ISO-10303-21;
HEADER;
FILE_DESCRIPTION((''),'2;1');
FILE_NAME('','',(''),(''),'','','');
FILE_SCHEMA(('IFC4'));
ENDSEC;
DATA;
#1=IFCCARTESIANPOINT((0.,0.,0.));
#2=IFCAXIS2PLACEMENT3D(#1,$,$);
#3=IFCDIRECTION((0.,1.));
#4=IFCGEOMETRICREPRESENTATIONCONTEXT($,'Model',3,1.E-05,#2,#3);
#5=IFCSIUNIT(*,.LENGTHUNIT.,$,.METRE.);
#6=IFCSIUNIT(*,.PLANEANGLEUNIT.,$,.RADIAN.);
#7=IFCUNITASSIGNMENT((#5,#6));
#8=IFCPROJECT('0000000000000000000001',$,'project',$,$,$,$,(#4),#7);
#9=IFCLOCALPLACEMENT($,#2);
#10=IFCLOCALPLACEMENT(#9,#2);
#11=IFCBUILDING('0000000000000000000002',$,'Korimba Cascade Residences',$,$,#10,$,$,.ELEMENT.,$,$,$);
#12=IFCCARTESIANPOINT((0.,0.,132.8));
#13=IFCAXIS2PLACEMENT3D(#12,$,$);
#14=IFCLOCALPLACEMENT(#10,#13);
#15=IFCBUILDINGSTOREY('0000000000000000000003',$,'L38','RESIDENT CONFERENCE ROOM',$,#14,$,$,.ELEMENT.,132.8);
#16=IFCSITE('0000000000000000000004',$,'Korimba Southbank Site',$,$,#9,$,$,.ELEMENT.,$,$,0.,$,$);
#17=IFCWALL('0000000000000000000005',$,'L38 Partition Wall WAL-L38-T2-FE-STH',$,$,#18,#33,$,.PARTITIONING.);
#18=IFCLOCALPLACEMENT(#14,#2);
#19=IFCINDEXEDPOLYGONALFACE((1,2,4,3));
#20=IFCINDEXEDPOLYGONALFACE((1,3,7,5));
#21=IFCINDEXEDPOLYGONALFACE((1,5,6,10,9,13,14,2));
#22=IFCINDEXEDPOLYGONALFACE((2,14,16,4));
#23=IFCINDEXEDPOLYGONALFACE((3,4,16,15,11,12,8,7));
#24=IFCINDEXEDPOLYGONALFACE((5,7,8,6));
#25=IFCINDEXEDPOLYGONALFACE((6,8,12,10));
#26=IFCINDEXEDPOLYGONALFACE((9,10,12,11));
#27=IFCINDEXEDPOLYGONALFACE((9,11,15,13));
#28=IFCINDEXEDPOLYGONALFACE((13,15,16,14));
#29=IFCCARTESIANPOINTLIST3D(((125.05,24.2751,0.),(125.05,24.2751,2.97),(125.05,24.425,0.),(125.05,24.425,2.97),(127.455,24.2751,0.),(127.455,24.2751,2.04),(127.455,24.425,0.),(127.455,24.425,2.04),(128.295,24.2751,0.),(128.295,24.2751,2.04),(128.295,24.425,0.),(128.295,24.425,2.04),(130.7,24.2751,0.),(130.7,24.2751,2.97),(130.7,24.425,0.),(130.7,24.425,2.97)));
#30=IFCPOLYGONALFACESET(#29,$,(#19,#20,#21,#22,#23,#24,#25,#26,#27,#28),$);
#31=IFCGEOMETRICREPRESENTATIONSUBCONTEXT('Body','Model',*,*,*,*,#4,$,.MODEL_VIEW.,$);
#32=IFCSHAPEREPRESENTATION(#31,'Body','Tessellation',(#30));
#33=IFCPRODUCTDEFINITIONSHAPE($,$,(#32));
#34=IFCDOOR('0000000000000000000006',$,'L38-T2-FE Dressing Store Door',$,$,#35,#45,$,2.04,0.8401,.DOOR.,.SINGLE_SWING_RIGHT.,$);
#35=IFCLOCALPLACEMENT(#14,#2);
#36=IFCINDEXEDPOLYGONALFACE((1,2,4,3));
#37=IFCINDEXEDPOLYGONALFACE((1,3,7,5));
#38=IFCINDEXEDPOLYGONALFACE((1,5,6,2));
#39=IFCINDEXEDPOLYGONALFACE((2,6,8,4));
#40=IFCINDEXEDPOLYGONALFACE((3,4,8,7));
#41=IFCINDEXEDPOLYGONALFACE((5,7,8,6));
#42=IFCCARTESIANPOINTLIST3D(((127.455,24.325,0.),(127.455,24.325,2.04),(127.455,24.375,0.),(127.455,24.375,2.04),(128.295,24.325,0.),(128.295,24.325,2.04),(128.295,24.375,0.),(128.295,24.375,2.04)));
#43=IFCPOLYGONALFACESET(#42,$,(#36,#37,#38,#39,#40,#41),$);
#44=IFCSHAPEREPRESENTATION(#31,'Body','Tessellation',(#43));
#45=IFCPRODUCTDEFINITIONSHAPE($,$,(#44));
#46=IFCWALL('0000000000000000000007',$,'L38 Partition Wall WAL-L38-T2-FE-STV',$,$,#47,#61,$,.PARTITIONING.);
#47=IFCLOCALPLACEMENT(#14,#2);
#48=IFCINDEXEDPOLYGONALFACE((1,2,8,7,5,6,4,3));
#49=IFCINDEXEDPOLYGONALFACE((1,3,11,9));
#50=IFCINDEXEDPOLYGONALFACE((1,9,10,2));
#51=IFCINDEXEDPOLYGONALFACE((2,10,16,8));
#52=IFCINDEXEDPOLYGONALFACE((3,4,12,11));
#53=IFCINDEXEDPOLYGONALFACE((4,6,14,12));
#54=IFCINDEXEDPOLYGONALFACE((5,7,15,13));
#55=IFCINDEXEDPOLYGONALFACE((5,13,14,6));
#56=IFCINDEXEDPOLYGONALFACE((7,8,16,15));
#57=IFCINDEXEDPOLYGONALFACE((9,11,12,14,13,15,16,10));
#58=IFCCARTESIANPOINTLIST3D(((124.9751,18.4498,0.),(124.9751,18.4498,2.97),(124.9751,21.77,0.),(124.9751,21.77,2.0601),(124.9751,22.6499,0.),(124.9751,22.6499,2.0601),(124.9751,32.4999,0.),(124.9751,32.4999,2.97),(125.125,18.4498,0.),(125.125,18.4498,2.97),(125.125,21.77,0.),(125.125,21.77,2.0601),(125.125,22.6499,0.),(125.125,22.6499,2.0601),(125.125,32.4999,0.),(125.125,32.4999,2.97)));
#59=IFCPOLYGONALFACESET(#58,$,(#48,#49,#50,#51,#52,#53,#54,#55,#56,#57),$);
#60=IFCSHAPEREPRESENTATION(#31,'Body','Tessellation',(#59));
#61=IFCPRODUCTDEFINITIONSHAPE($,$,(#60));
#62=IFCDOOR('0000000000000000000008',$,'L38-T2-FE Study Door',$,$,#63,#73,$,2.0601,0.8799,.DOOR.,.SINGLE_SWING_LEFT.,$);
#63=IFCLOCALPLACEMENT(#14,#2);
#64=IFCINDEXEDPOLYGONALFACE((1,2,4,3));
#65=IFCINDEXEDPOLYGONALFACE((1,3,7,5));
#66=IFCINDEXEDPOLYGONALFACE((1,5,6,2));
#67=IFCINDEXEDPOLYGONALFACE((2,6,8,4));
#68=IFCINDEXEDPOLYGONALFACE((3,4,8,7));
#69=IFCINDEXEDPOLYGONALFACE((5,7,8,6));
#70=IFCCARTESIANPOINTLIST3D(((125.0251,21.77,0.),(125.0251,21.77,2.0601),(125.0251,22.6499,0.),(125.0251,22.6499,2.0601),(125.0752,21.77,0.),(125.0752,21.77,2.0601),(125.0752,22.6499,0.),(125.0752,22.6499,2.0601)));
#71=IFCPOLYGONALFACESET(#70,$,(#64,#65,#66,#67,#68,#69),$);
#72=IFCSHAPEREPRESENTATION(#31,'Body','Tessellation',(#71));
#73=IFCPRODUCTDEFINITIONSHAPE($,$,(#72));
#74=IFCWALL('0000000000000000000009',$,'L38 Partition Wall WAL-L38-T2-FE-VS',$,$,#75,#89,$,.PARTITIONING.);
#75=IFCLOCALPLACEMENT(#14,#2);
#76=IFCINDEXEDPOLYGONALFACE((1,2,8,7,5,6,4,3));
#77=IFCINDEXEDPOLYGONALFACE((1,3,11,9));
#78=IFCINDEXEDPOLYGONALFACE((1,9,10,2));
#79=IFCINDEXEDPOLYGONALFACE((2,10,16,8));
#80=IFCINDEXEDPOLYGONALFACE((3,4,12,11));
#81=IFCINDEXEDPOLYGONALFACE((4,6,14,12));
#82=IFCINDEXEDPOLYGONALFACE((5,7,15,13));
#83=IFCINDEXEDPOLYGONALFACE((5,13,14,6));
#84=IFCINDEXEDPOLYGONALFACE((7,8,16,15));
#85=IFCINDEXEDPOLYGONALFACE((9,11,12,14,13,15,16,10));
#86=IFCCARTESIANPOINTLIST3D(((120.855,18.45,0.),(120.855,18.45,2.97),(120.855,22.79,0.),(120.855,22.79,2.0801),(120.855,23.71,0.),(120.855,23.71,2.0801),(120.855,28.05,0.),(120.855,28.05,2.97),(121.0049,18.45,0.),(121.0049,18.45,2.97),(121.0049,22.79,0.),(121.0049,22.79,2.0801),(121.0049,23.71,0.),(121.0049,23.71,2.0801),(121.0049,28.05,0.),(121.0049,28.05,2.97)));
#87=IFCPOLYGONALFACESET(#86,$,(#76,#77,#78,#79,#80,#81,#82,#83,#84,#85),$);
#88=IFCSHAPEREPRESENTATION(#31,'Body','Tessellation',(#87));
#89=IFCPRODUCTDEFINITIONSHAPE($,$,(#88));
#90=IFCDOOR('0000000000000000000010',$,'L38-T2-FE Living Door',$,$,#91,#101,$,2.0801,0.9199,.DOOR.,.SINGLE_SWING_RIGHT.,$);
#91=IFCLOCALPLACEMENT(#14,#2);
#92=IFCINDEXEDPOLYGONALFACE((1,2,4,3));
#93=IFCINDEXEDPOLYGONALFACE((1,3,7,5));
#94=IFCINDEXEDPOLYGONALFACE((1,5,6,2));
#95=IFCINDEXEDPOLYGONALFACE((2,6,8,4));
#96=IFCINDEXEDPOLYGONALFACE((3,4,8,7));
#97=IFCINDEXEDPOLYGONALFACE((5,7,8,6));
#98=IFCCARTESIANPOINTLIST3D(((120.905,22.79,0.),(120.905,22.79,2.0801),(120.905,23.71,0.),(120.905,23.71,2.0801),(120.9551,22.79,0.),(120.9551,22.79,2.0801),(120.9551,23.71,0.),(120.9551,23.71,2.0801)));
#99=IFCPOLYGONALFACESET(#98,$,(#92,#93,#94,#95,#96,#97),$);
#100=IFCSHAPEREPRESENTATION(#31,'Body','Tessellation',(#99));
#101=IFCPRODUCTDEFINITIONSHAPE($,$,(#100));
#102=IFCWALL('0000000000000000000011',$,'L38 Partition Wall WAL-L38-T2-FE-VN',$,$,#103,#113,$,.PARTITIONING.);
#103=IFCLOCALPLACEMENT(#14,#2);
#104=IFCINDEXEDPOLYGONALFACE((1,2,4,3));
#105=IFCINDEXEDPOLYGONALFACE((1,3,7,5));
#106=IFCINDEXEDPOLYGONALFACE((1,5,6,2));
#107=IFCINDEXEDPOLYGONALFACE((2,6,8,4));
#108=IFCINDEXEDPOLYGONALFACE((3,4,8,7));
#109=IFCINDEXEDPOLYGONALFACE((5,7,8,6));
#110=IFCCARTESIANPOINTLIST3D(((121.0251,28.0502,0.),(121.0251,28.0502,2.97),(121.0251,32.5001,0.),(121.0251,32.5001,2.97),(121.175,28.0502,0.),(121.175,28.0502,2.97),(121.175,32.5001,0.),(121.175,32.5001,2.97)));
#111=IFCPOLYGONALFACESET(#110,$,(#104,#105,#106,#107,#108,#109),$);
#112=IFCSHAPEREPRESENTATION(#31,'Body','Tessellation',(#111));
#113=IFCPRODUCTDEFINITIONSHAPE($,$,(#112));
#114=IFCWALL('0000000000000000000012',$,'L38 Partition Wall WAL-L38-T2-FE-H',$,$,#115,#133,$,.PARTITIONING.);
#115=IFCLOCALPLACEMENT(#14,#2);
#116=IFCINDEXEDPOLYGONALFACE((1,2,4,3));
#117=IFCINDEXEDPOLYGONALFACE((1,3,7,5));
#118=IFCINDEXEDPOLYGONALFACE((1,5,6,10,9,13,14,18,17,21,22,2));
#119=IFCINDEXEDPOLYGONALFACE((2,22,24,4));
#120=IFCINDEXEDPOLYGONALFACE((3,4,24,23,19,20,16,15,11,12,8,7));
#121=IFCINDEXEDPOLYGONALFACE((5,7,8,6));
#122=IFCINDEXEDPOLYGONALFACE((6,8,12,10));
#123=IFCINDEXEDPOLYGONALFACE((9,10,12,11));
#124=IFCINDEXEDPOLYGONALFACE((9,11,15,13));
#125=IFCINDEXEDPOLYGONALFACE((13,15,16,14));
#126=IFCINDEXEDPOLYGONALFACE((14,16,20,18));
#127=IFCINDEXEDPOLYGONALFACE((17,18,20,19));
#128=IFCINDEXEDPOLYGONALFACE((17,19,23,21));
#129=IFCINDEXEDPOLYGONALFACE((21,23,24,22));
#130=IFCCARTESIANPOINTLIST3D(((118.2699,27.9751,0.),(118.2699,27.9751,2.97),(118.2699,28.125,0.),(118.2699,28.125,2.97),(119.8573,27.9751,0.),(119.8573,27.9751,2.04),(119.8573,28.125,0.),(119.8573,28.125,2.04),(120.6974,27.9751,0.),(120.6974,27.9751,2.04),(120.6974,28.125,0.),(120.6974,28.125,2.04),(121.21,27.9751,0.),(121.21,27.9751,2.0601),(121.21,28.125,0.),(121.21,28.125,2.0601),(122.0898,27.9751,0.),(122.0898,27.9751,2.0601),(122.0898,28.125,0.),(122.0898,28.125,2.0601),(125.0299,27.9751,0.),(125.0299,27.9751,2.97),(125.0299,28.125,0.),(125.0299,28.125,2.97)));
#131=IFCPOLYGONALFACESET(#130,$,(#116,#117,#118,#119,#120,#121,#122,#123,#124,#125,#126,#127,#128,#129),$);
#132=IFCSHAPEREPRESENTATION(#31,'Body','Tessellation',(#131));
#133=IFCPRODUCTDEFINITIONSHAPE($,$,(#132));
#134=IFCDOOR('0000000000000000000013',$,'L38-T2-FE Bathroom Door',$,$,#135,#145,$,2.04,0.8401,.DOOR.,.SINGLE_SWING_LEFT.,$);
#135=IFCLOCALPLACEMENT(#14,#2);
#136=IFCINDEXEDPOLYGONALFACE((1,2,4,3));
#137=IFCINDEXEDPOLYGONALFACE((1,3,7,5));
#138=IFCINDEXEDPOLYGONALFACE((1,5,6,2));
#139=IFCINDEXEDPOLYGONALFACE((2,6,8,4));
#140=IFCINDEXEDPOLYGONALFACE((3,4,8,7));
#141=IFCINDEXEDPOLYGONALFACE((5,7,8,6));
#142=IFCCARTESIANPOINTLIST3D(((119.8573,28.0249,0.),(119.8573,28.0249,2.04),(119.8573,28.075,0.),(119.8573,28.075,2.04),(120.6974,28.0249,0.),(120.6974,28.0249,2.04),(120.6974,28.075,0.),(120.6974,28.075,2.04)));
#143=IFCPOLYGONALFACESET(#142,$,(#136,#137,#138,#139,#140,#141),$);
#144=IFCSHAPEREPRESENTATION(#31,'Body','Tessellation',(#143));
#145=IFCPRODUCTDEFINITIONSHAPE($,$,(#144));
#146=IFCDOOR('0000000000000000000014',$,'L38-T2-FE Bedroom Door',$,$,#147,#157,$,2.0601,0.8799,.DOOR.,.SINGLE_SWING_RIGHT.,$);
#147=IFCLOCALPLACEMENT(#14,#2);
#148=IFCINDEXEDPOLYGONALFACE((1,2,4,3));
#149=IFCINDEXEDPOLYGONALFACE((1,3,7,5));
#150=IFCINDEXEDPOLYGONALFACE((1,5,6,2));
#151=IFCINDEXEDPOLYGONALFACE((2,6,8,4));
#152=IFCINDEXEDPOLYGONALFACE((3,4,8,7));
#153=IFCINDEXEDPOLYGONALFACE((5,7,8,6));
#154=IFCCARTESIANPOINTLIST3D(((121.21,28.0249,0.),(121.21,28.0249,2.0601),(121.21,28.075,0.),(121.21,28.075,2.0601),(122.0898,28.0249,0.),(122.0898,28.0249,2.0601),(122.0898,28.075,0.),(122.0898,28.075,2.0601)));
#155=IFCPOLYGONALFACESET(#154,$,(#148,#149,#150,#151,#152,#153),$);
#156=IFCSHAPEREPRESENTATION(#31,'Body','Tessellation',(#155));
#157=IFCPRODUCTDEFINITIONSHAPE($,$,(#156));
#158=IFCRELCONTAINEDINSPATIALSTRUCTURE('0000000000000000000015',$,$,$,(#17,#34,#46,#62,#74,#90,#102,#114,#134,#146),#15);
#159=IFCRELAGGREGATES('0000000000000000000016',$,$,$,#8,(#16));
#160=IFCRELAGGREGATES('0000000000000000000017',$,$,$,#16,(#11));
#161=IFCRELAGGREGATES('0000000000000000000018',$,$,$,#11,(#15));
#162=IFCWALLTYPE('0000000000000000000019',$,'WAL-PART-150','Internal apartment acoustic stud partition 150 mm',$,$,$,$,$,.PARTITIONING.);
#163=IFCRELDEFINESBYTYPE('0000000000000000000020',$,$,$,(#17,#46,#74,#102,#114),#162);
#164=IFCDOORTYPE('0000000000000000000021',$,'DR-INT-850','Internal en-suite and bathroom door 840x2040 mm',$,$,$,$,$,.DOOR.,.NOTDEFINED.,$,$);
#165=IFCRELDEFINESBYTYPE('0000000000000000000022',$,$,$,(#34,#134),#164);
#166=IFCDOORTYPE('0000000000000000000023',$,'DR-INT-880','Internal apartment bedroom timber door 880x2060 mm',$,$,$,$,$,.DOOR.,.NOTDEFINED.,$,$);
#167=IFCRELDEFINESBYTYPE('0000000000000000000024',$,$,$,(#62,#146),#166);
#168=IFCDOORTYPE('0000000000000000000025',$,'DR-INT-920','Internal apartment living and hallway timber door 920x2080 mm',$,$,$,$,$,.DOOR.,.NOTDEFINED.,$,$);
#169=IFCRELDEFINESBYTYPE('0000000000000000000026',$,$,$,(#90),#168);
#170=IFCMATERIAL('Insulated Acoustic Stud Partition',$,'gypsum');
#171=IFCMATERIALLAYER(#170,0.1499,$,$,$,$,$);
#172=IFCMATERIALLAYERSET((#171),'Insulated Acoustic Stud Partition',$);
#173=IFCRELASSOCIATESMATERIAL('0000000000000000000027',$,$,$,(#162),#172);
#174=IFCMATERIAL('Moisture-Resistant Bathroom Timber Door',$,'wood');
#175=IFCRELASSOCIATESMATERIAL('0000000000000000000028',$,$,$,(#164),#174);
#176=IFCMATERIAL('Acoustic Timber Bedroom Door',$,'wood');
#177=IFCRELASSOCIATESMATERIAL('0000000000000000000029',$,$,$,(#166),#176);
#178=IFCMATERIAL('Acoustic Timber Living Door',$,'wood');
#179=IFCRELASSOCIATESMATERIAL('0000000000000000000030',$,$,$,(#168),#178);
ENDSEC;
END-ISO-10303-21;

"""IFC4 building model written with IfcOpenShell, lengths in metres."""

from ifc_helpers import new_model, si_unit, direction, frame, frame_2d, origin, place, context, subcontext, project, spatial, rectangle, extrude, material, layer, layer_set, type_object, element, fill, save


model = new_model("IFC4")

# Units and contexts
model_context = context("Model", 3, precision=1e-05, world=origin(), true_north=direction((0.0, 1.0)))
body_context = subcontext(model_context, "Body", "Model", "MODEL_VIEW")
ifc_project = project(units=[si_unit("LENGTHUNIT", "METRE"), si_unit("PLANEANGLEUNIT", "RADIAN")], contexts=[model_context])

# Site, building, storey
site_placement = place(None, origin())
site = spatial("IfcSite", under=ifc_project, at=site_placement, Name="Korimba Southbank Site", CompositionType="ELEMENT", RefElevation=0.0)
building_placement = place(site_placement, origin())
building = spatial("IfcBuilding", under=site, at=building_placement, Name="Korimba Cascade Residences", CompositionType="ELEMENT")
storey_placement = place(building_placement, frame((0.0, 0.0, 132.8)))
storey = spatial("IfcBuildingStorey", under=building, at=storey_placement, Name="L38", Description="RESIDENT CONFERENCE ROOM", CompositionType="ELEMENT", Elevation=132.8)

# Walls, openings, doors
ifc_material_1 = material(Name="Insulated Acoustic Stud Partition", Category="gypsum")
ifc_layer_1 = layer(ifc_material_1, 0.1499)
ifc_layer_set_1 = layer_set([ifc_layer_1], Name="Insulated Acoustic Stud Partition")
wall_type_1 = type_object("IfcWallType", Name="WAL-PART-150", Description="Internal apartment acoustic stud partition 150 mm", PredefinedType="PARTITIONING", material=ifc_layer_set_1)
wall_1_placement = place(storey_placement, frame((125.05, 24.3501, 0.0), z_axis=(0.0, 0.0, 1.0), x_axis=(1.0, 0.0, 0.0)))
wall_1 = element("IfcWall", 1, at=wall_1_placement, inside=storey, type_object=wall_type_1, Name="L38 Partition Wall WAL-L38-T2-FE-STH", PredefinedType="PARTITIONING", context=body_context, shape_type="SweptSolid", body=[
    extrude(rectangle(XDim=5.6499, YDim=0.1499, at=frame_2d((2.825, 0.0))), origin(), (0.0, 0.0, 1.0), 2.97),
])
opening_1_placement = place(wall_1_placement, frame((2.405, 0.0, 0.0)))
opening_1 = element("IfcOpeningElement", 2, at=opening_1_placement, cuts=wall_1, PredefinedType="OPENING", context=body_context, shape_type="SweptSolid", body=[
    extrude(rectangle(XDim=0.8401, YDim=2.04, at=frame_2d((0.4199, 1.02))), frame((0.0, 0.085, 0.0), z_axis=(0.0, -1.0, 0.0), x_axis=(1.0, 0.0, 0.0)), (0.0, 0.0, 1.0), 0.1699),
])
ifc_material_2 = material(Name="Moisture-Resistant Bathroom Timber Door", Category="wood")
door_type_1 = type_object("IfcDoorType", Name="DR-INT-850", Description="Internal en-suite and bathroom door 840x2040 mm", OperationType="NOTDEFINED", PredefinedType="DOOR", material=ifc_material_2)
door_1_placement = place(opening_1_placement, origin())
door_1 = element("IfcDoor", 3, at=door_1_placement, inside=storey, type_object=door_type_1, Name="L38-T2-FE Dressing Store Door", OperationType="SINGLE_SWING_RIGHT", OverallHeight=2.04, OverallWidth=0.8401, PredefinedType="DOOR", context=body_context, shape_type="SweptSolid", body=[
    extrude(rectangle(XDim=0.8401, YDim=2.04, at=frame_2d((0.4199, 1.02))), frame((0.0, 0.0249, 0.0), z_axis=(0.0, -1.0, 0.0), x_axis=(1.0, 0.0, 0.0)), (0.0, 0.0, 1.0), 0.05),
])
fill(opening_1, door_1)
wall_2_placement = place(storey_placement, frame((125.05, 18.45, 0.0), z_axis=(0.0, 0.0, 1.0), x_axis=(0.0, 1.0, 0.0)))
wall_2 = element("IfcWall", 4, at=wall_2_placement, inside=storey, type_object=wall_type_1, Name="L38 Partition Wall WAL-L38-T2-FE-STV", PredefinedType="PARTITIONING", context=body_context, shape_type="SweptSolid", body=[
    extrude(rectangle(XDim=14.05, YDim=0.1499, at=frame_2d((7.0249, 0.0))), origin(), (0.0, 0.0, 1.0), 2.97),
])
opening_2_placement = place(wall_2_placement, frame((3.3201, 0.0, 0.0)))
opening_2 = element("IfcOpeningElement", 5, at=opening_2_placement, cuts=wall_2, PredefinedType="OPENING", context=body_context, shape_type="SweptSolid", body=[
    extrude(rectangle(XDim=0.8799, YDim=2.0601, at=frame_2d((0.4399, 1.03))), frame((0.0, 0.085, 0.0), z_axis=(0.0, -1.0, 0.0), x_axis=(1.0, 0.0, 0.0)), (0.0, 0.0, 1.0), 0.1699),
])
ifc_material_3 = material(Name="Acoustic Timber Bedroom Door", Category="wood")
door_type_2 = type_object("IfcDoorType", Name="DR-INT-880", Description="Internal apartment bedroom timber door 880x2060 mm", OperationType="NOTDEFINED", PredefinedType="DOOR", material=ifc_material_3)
door_2_placement = place(opening_2_placement, origin())
door_2 = element("IfcDoor", 6, at=door_2_placement, inside=storey, type_object=door_type_2, Name="L38-T2-FE Study Door", OperationType="SINGLE_SWING_LEFT", OverallHeight=2.0601, OverallWidth=0.8799, PredefinedType="DOOR", context=body_context, shape_type="SweptSolid", body=[
    extrude(rectangle(XDim=0.8799, YDim=2.0601, at=frame_2d((0.4399, 1.03))), frame((0.0, 0.0249, 0.0), z_axis=(0.0, -1.0, 0.0), x_axis=(1.0, 0.0, 0.0)), (0.0, 0.0, 1.0), 0.05),
])
fill(opening_2, door_2)
wall_3_placement = place(storey_placement, frame((120.9299, 18.45, 0.0), z_axis=(0.0, 0.0, 1.0), x_axis=(0.0, 1.0, 0.0)))
wall_3 = element("IfcWall", 7, at=wall_3_placement, inside=storey, type_object=wall_type_1, Name="L38 Partition Wall WAL-L38-T2-FE-VS", PredefinedType="PARTITIONING", context=body_context, shape_type="SweptSolid", body=[
    extrude(rectangle(XDim=9.6001, YDim=0.1499, at=frame_2d((4.8, 0.0))), origin(), (0.0, 0.0, 1.0), 2.97),
])
opening_3_placement = place(wall_3_placement, frame((4.3401, 0.0, 0.0)))
opening_3 = element("IfcOpeningElement", 8, at=opening_3_placement, cuts=wall_3, PredefinedType="OPENING", context=body_context, shape_type="SweptSolid", body=[
    extrude(rectangle(XDim=0.9199, YDim=2.0801, at=frame_2d((0.46, 1.04))), frame((0.0, 0.085, 0.0), z_axis=(0.0, -1.0, 0.0), x_axis=(1.0, 0.0, 0.0)), (0.0, 0.0, 1.0), 0.1699),
])
ifc_material_4 = material(Name="Acoustic Timber Living Door", Category="wood")
door_type_3 = type_object("IfcDoorType", Name="DR-INT-920", Description="Internal apartment living and hallway timber door 920x2080 mm", OperationType="NOTDEFINED", PredefinedType="DOOR", material=ifc_material_4)
door_3_placement = place(opening_3_placement, origin())
door_3 = element("IfcDoor", 9, at=door_3_placement, inside=storey, type_object=door_type_3, Name="L38-T2-FE Living Door", OperationType="SINGLE_SWING_RIGHT", OverallHeight=2.0801, OverallWidth=0.9199, PredefinedType="DOOR", context=body_context, shape_type="SweptSolid", body=[
    extrude(rectangle(XDim=0.9199, YDim=2.0801, at=frame_2d((0.46, 1.04))), frame((0.0, 0.0249, 0.0), z_axis=(0.0, -1.0, 0.0), x_axis=(1.0, 0.0, 0.0)), (0.0, 0.0, 1.0), 0.05),
])
fill(opening_3, door_3)

# Wall
wall_4_placement = place(storey_placement, frame((121.1001, 28.05, 0.0), z_axis=(0.0, 0.0, 1.0), x_axis=(0.0, 1.0, 0.0)))
element("IfcWall", 10, at=wall_4_placement, inside=storey, type_object=wall_type_1, Name="L38 Partition Wall WAL-L38-T2-FE-VN", PredefinedType="PARTITIONING", context=body_context, shape_type="SweptSolid", body=[
    extrude(rectangle(XDim=4.45, YDim=0.1499, at=frame_2d((2.2251, 0.0))), origin(), (0.0, 0.0, 1.0), 2.97),
])

# Wall, openings, doors
wall_5_placement = place(storey_placement, frame((118.27, 28.05, 0.0), z_axis=(0.0, 0.0, 1.0), x_axis=(1.0, 0.0, 0.0)))
wall_5 = element("IfcWall", 11, at=wall_5_placement, inside=storey, type_object=wall_type_1, Name="L38 Partition Wall WAL-L38-T2-FE-H", PredefinedType="PARTITIONING", context=body_context, shape_type="SweptSolid", body=[
    extrude(rectangle(XDim=6.76, YDim=0.1499, at=frame_2d((3.3799, 0.0))), origin(), (0.0, 0.0, 1.0), 2.97),
])
opening_4_placement = place(wall_5_placement, frame((1.5874, 0.0, 0.0)))
opening_4 = element("IfcOpeningElement", 12, at=opening_4_placement, cuts=wall_5, PredefinedType="OPENING", context=body_context, shape_type="SweptSolid", body=[
    extrude(rectangle(XDim=0.8401, YDim=2.04, at=frame_2d((0.4199, 1.02))), frame((0.0, 0.085, 0.0), z_axis=(0.0, -1.0, 0.0), x_axis=(1.0, 0.0, 0.0)), (0.0, 0.0, 1.0), 0.1699),
])
opening_5_placement = place(wall_5_placement, frame((2.9399, 0.0, 0.0)))
opening_5 = element("IfcOpeningElement", 13, at=opening_5_placement, cuts=wall_5, PredefinedType="OPENING", context=body_context, shape_type="SweptSolid", body=[
    extrude(rectangle(XDim=0.8799, YDim=2.0601, at=frame_2d((0.4399, 1.03))), frame((0.0, 0.085, 0.0), z_axis=(0.0, -1.0, 0.0), x_axis=(1.0, 0.0, 0.0)), (0.0, 0.0, 1.0), 0.1699),
])
door_4_placement = place(opening_4_placement, origin())
door_4 = element("IfcDoor", 14, at=door_4_placement, inside=storey, type_object=door_type_1, Name="L38-T2-FE Bathroom Door", OperationType="SINGLE_SWING_LEFT", OverallHeight=2.04, OverallWidth=0.8401, PredefinedType="DOOR", context=body_context, shape_type="SweptSolid", body=[
    extrude(rectangle(XDim=0.8401, YDim=2.04, at=frame_2d((0.4199, 1.02))), frame((0.0, 0.0249, 0.0), z_axis=(0.0, -1.0, 0.0), x_axis=(1.0, 0.0, 0.0)), (0.0, 0.0, 1.0), 0.05),
])
fill(opening_4, door_4)
door_5_placement = place(opening_5_placement, origin())
door_5 = element("IfcDoor", 15, at=door_5_placement, inside=storey, type_object=door_type_2, Name="L38-T2-FE Bedroom Door", OperationType="SINGLE_SWING_RIGHT", OverallHeight=2.0601, OverallWidth=0.8799, PredefinedType="DOOR", context=body_context, shape_type="SweptSolid", body=[
    extrude(rectangle(XDim=0.8799, YDim=2.0601, at=frame_2d((0.4399, 1.03))), frame((0.0, 0.0249, 0.0), z_axis=(0.0, -1.0, 0.0), x_axis=(1.0, 0.0, 0.0)), (0.0, 0.0, 1.0), 0.05),
])
fill(opening_5, door_5)

save(model, "model.ifc")
